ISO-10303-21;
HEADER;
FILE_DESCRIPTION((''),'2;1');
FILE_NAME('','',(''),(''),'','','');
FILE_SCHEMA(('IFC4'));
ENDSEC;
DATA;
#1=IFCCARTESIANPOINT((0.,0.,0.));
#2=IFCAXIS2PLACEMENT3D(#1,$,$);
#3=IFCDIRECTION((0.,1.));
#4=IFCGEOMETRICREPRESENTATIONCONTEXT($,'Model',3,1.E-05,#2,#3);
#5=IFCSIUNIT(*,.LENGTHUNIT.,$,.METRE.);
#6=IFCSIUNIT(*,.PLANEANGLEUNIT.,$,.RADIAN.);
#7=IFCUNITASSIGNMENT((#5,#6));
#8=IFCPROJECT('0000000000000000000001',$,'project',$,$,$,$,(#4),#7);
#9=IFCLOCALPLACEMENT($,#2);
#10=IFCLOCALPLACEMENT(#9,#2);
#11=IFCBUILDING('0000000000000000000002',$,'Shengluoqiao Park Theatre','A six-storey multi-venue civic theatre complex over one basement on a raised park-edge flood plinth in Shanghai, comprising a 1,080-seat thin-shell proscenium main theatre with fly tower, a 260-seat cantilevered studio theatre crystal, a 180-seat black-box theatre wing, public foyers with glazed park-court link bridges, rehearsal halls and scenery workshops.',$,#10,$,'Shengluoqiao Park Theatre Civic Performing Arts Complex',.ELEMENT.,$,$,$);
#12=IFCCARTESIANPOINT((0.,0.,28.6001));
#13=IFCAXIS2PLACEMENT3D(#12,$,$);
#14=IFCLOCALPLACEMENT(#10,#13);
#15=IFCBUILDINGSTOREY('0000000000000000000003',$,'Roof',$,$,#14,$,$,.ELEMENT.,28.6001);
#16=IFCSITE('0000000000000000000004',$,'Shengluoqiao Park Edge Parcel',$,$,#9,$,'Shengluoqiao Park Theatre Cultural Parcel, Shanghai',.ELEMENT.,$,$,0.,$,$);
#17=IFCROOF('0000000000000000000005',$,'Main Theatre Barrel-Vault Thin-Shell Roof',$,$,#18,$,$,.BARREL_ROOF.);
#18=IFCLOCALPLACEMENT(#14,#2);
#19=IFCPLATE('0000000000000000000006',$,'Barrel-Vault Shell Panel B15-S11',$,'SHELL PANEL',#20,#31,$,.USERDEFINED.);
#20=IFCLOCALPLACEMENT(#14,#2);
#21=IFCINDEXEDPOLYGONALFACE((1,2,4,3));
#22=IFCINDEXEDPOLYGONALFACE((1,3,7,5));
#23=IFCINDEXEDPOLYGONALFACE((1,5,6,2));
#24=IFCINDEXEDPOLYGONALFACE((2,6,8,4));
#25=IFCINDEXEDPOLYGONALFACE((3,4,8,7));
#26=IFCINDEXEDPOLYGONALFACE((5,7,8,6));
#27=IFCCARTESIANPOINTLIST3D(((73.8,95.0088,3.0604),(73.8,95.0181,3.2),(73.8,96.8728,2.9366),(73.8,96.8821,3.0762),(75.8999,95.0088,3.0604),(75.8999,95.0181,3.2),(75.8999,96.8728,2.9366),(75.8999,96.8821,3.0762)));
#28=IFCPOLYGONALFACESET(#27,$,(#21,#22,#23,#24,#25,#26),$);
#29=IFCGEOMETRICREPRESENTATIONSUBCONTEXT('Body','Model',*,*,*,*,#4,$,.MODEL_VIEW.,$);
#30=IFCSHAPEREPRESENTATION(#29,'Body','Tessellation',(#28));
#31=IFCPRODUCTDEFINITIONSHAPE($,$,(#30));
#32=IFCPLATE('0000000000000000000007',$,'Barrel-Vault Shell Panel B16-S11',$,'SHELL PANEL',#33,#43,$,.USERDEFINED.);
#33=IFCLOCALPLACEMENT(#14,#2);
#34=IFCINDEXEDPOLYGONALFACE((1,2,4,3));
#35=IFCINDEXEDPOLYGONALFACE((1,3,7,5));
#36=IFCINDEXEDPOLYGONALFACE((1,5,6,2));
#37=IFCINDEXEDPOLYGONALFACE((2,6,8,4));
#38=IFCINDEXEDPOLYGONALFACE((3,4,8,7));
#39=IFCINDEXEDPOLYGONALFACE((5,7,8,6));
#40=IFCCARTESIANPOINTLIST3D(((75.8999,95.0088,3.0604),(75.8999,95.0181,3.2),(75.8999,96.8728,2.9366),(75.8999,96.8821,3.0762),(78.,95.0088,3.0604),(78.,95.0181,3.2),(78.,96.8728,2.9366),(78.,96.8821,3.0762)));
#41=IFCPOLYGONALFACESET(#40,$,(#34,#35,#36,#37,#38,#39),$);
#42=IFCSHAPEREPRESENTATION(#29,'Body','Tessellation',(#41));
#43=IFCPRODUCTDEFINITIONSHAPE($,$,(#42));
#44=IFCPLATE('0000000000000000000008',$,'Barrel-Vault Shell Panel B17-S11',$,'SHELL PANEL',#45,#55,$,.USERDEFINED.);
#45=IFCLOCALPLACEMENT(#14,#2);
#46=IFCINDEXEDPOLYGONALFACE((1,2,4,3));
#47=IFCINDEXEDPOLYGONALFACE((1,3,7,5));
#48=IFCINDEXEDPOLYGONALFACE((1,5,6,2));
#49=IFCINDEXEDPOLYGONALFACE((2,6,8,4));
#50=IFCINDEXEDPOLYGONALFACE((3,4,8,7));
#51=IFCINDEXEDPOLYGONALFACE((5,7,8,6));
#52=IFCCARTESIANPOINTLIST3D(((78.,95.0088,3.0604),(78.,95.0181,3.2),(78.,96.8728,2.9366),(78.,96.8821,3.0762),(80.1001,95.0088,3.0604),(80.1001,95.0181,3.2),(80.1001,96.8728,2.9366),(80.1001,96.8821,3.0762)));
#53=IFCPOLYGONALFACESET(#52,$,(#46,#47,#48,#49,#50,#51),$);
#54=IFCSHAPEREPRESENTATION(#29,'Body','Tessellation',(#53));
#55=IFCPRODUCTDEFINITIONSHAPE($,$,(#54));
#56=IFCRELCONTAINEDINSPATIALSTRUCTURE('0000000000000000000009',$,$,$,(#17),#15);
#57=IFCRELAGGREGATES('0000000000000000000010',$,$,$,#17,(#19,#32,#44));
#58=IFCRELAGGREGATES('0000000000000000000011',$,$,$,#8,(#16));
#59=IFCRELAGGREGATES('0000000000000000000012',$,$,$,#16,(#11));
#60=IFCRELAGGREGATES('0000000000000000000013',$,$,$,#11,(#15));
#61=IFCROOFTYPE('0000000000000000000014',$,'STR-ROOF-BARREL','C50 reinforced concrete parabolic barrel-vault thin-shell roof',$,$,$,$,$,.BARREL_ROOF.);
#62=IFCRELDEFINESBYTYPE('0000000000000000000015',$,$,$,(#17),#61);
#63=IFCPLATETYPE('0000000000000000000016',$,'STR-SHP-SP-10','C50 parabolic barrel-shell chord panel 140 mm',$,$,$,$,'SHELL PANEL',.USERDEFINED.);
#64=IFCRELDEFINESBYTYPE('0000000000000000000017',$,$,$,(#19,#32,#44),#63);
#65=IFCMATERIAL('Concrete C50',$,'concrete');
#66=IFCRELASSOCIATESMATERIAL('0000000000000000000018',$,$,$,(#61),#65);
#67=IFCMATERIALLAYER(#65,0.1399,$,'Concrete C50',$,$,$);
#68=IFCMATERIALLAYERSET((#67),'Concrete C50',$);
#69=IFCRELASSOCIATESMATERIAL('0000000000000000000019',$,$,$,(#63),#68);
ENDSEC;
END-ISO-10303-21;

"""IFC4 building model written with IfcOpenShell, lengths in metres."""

from ifc_helpers import new_model, si_unit, direction, frame, origin, place, context, subcontext, project, spatial, polyline, outline, extrude, material, layer, layer_set, type_object, element, aggregate, save


model = new_model("IFC4")

# Units and contexts
model_context = context("Model", 3, precision=1e-05, world=origin(), true_north=direction((0.0, 1.0)))
body_context = subcontext(model_context, "Body", "Model", "MODEL_VIEW")
ifc_project = project(units=[si_unit("LENGTHUNIT", "METRE"), si_unit("PLANEANGLEUNIT", "RADIAN")], contexts=[model_context])

# Site, building, storey
site_placement = place(None, origin())
site = spatial("IfcSite", under=ifc_project, at=site_placement, Name="Shengluoqiao Park Edge Parcel", LongName="Shengluoqiao Park Theatre Cultural Parcel, Shanghai", CompositionType="ELEMENT", RefElevation=0.0)
building_placement = place(site_placement, origin())
building = spatial("IfcBuilding", under=site, at=building_placement, Name="Shengluoqiao Park Theatre", Description="A six-storey multi-venue civic theatre complex over one basement on a raised park-edge flood plinth in Shanghai, comprising a 1,080-seat thin-shell proscenium main theatre with fly tower, a 260-seat cantilevered studio theatre crystal, a 180-seat black-box theatre wing, public foyers with glazed park-court link bridges, rehearsal halls and scenery workshops.", LongName="Shengluoqiao Park Theatre Civic Performing Arts Complex", CompositionType="ELEMENT")
storey_placement = place(building_placement, frame((0.0, 0.0, 28.6001)))
storey = spatial("IfcBuildingStorey", under=building, at=storey_placement, Name="Roof", CompositionType="ELEMENT", Elevation=28.6001)

# Shared definitions
ifc_material_1 = material(Name="Concrete C50", Category="concrete")

# Roof, plates
roof_type = type_object("IfcRoofType", Name="STR-ROOF-BARREL", Description="C50 reinforced concrete parabolic barrel-vault thin-shell roof", PredefinedType="BARREL_ROOF", material=ifc_material_1)
roof_placement = place(storey_placement, origin())
roof = element("IfcRoof", 1, at=roof_placement, inside=storey, type_object=roof_type, Name="Main Theatre Barrel-Vault Thin-Shell Roof", PredefinedType="BARREL_ROOF")
ifc_layer_1 = layer(ifc_material_1, 0.1399, Name="Concrete C50")
ifc_layer_set_1 = layer_set([ifc_layer_1], Name="Concrete C50")
plate_type_1 = type_object("IfcPlateType", Name="STR-SHP-SP-10", Description="C50 parabolic barrel-shell chord panel 140 mm", ElementType="SHELL PANEL", PredefinedType="USERDEFINED", material=ifc_layer_set_1)
plate_1_placement = place(storey_placement, frame((73.8, 95.0181, 3.2), z_axis=(0.0, 0.066259, 0.997802), x_axis=(1.0, 0.0, 0.0)))
plate_1 = element("IfcPlate", 2, at=plate_1_placement, type_object=plate_type_1, Name="Barrel-Vault Shell Panel B15-S11", ObjectType="SHELL PANEL", PredefinedType="USERDEFINED", context=body_context, shape_type="SweptSolid", body=[
    extrude(outline(polyline([(0.0, 0.0), (2.0999, 0.0), (2.0999, 1.8681), (0.0, 1.8681), (0.0, 0.0)])), origin(), (0.0, 0.0, -1.0), 0.1399),
])
plate_2_placement = place(storey_placement, frame((75.8999, 95.0181, 3.2), z_axis=(0.0, 0.066259, 0.997802), x_axis=(1.0, 0.0, 0.0)))
plate_2 = element("IfcPlate", 3, at=plate_2_placement, type_object=plate_type_1, Name="Barrel-Vault Shell Panel B16-S11", ObjectType="SHELL PANEL", PredefinedType="USERDEFINED", context=body_context, shape_type="SweptSolid", body=[
    extrude(outline(polyline([(0.0, 0.0), (2.1001, 0.0), (2.1001, 1.8681), (0.0, 1.8681), (0.0, 0.0)])), origin(), (0.0, 0.0, -1.0), 0.1399),
])
plate_3_placement = place(storey_placement, frame((78.0, 95.0181, 3.2), z_axis=(0.0, 0.066259, 0.997802), x_axis=(1.0, 0.0, 0.0)))
plate_3 = element("IfcPlate", 4, at=plate_3_placement, type_object=plate_type_1, Name="Barrel-Vault Shell Panel B17-S11", ObjectType="SHELL PANEL", PredefinedType="USERDEFINED", context=body_context, shape_type="SweptSolid", body=[
    extrude(outline(polyline([(0.0, 0.0), (2.1001, 0.0), (2.1001, 1.8681), (0.0, 1.8681), (0.0, 0.0)])), origin(), (0.0, 0.0, -1.0), 0.1399),
])
aggregate(roof, [plate_1, plate_2, plate_3])

save(model, "model.ifc")
